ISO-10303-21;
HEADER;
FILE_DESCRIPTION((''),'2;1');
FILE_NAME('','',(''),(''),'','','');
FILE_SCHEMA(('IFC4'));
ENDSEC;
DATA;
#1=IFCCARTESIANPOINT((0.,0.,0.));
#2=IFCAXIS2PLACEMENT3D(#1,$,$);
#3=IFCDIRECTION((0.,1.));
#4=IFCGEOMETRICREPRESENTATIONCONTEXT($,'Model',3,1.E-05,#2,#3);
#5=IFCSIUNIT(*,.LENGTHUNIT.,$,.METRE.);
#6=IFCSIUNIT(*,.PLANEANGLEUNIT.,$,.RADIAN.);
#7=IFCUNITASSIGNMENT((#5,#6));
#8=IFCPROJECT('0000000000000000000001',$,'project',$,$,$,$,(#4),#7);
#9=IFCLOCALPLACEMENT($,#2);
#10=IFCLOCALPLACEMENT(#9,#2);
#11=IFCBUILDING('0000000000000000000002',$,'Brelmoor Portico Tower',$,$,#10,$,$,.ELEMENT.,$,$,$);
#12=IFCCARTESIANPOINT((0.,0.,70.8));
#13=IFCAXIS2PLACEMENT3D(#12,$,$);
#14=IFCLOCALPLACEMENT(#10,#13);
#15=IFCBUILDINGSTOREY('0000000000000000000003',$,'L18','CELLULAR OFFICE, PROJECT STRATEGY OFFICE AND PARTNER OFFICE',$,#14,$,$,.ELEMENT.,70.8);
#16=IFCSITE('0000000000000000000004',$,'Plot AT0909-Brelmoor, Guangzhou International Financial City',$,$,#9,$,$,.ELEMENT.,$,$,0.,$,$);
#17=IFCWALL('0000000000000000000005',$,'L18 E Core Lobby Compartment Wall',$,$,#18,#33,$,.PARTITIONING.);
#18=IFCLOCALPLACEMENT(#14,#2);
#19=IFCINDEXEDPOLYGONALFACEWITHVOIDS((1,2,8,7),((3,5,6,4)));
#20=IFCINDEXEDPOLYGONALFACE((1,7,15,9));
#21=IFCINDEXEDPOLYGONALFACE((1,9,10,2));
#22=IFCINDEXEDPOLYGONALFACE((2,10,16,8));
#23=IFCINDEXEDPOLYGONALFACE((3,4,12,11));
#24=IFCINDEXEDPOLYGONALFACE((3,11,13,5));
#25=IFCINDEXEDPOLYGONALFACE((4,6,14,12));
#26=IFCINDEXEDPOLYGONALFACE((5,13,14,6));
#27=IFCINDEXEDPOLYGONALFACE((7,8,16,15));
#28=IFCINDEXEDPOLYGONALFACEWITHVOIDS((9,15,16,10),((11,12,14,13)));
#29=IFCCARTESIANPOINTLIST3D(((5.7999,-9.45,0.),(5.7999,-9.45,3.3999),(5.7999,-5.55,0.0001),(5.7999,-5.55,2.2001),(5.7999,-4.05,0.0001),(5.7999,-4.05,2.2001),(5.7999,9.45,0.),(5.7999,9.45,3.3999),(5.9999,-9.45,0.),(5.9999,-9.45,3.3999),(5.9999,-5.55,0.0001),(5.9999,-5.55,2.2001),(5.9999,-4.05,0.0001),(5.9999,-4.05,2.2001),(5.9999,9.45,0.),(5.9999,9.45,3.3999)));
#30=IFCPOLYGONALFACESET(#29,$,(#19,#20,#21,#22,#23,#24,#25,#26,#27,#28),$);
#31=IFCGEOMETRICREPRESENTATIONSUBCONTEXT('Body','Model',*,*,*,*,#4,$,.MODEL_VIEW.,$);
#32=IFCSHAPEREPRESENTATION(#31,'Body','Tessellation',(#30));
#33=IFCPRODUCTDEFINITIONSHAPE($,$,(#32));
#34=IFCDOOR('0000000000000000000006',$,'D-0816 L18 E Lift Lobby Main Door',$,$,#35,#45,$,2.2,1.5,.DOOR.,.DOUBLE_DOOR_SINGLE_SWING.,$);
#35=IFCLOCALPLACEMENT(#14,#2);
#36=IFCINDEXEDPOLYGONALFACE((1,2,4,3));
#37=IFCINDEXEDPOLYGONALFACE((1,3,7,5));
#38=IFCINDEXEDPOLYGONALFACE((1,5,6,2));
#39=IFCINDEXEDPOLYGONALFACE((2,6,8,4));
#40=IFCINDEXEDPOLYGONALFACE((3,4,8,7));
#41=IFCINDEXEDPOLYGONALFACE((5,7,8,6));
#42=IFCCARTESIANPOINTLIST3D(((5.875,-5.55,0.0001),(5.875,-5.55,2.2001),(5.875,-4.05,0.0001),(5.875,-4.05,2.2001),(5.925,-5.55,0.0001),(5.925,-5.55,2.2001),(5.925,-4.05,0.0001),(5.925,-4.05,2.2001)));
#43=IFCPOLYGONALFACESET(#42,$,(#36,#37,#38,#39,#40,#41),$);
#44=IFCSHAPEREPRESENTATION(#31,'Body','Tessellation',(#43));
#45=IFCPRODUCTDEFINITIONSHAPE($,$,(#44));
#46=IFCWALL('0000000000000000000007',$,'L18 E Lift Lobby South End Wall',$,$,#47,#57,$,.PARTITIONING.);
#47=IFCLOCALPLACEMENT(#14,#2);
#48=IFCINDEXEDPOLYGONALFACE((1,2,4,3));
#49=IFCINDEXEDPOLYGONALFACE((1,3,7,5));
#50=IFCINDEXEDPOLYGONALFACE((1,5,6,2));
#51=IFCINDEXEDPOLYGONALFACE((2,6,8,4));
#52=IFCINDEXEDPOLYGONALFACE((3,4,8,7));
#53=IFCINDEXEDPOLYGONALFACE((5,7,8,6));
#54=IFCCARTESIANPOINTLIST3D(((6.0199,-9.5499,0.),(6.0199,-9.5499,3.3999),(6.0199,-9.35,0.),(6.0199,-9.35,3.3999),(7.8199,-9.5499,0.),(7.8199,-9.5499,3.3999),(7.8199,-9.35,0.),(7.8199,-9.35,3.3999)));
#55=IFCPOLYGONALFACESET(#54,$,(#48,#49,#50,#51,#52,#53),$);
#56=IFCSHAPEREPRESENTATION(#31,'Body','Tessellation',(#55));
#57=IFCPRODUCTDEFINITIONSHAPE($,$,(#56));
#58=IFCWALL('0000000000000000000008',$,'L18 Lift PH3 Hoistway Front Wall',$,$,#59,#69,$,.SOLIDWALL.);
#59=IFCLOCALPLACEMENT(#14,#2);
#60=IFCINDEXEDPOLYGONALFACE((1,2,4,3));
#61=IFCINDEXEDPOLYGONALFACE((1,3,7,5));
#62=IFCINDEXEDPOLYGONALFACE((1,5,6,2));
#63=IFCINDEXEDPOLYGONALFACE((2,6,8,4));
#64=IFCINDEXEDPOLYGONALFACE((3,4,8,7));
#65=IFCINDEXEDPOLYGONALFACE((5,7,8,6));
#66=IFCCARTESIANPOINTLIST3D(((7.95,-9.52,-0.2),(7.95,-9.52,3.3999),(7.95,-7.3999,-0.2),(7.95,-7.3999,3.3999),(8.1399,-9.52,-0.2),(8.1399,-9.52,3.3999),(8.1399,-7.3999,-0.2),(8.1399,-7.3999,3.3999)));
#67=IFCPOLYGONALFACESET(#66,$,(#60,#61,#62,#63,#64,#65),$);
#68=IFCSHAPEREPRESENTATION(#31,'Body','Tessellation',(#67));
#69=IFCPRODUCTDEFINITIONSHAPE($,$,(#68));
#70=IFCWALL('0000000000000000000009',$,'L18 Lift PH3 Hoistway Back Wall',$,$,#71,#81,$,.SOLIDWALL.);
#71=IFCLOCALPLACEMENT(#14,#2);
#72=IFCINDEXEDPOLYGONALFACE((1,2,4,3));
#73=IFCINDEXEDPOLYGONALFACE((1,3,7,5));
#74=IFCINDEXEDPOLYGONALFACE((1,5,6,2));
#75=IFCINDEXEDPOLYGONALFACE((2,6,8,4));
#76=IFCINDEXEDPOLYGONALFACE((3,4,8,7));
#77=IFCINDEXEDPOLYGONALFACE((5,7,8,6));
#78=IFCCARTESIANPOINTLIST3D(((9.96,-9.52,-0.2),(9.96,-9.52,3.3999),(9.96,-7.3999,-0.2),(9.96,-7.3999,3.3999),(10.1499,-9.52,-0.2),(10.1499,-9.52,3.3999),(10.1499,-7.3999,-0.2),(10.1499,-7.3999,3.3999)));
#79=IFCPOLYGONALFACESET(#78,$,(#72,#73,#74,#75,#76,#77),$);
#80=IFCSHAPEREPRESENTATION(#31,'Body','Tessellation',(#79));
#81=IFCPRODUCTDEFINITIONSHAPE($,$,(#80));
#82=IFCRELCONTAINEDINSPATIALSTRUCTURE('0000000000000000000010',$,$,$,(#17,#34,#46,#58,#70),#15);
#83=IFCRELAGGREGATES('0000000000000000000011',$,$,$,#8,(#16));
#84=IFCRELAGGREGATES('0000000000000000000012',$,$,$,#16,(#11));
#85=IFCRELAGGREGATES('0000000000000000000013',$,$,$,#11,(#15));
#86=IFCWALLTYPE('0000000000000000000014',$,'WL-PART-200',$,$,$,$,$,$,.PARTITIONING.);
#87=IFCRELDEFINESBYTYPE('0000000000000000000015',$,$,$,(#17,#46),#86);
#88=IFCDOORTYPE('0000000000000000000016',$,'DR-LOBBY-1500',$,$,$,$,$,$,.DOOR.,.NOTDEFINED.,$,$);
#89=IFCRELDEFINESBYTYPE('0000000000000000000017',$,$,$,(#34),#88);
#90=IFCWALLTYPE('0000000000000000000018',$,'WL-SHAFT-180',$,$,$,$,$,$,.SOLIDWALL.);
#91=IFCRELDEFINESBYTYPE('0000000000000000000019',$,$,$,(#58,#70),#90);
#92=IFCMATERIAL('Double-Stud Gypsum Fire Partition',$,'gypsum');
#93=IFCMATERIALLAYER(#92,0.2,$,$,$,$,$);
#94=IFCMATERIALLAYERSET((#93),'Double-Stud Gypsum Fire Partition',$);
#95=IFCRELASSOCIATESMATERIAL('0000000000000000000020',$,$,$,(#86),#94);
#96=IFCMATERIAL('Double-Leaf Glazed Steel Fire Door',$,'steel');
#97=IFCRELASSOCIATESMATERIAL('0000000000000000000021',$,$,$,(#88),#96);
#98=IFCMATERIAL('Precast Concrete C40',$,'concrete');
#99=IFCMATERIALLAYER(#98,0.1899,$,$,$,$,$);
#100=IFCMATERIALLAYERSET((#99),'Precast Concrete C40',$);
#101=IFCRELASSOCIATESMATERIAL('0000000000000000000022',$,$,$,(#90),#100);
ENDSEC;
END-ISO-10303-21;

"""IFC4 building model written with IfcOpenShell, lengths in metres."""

from ifc_helpers import new_model, si_unit, direction, frame, frame_2d, origin, place, context, subcontext, project, spatial, rectangle, extrude, material, layer, layer_set, type_object, element, fill, save


model = new_model("IFC4")

# Units and contexts
model_context = context("Model", 3, precision=1e-05, world=origin(), true_north=direction((0.0, 1.0)))
body_context = subcontext(model_context, "Body", "Model", "MODEL_VIEW")
ifc_project = project(units=[si_unit("LENGTHUNIT", "METRE"), si_unit("PLANEANGLEUNIT", "RADIAN")], contexts=[model_context])

# Site, building, storey
site_placement = place(None, origin())
site = spatial("IfcSite", under=ifc_project, at=site_placement, Name="Plot AT0909-Brelmoor, Guangzhou International Financial City", CompositionType="ELEMENT", RefElevation=0.0)
building_placement = place(site_placement, origin())
building = spatial("IfcBuilding", under=site, at=building_placement, Name="Brelmoor Portico Tower", CompositionType="ELEMENT")
storey_placement = place(building_placement, frame((0.0, 0.0, 70.8)))
storey = spatial("IfcBuildingStorey", under=building, at=storey_placement, Name="L18", Description="CELLULAR OFFICE, PROJECT STRATEGY OFFICE AND PARTNER OFFICE", CompositionType="ELEMENT", Elevation=70.8)

# Wall, opening, door
ifc_material_1 = material(Name="Double-Stud Gypsum Fire Partition", Category="gypsum")
ifc_layer_1 = layer(ifc_material_1, 0.2)
ifc_layer_set_1 = layer_set([ifc_layer_1], Name="Double-Stud Gypsum Fire Partition")
wall_type_1 = type_object("IfcWallType", Name="WL-PART-200", PredefinedType="PARTITIONING", material=ifc_layer_set_1)
wall_1_placement = place(storey_placement, frame((5.8999, -9.45, 0.0), z_axis=(0.0, 0.0, 1.0), x_axis=(0.0, 1.0, 0.0)))
wall_1 = element("IfcWall", 1, at=wall_1_placement, inside=storey, type_object=wall_type_1, Name="L18 E Core Lobby Compartment Wall", PredefinedType="PARTITIONING", context=body_context, shape_type="SweptSolid", body=[
    extrude(rectangle(XDim=18.8999, YDim=0.2, at=frame_2d((9.45, 0.0))), origin(), (0.0, 0.0, 1.0), 3.3999),
])
opening_1_placement = place(wall_1_placement, frame((3.8999, 0.0, 0.0)))
opening_1 = element("IfcOpeningElement", 2, at=opening_1_placement, cuts=wall_1, PredefinedType="OPENING", context=body_context, shape_type="SweptSolid", body=[
    extrude(rectangle(XDim=1.5, YDim=2.2, at=frame_2d((0.75, 1.1001))), frame((0.0, 0.1099, 0.0), z_axis=(0.0, -1.0, 0.0), x_axis=(1.0, 0.0, 0.0)), (0.0, 0.0, 1.0), 0.22),
])
ifc_material_2 = material(Name="Double-Leaf Glazed Steel Fire Door", Category="steel")
door_type_1 = type_object("IfcDoorType", Name="DR-LOBBY-1500", OperationType="NOTDEFINED", PredefinedType="DOOR", material=ifc_material_2)
door_1_placement = place(opening_1_placement, origin())
door_1 = element("IfcDoor", 3, at=door_1_placement, inside=storey, type_object=door_type_1, Name="D-0816 L18 E Lift Lobby Main Door", OperationType="DOUBLE_DOOR_SINGLE_SWING", OverallHeight=2.2, OverallWidth=1.5, PredefinedType="DOOR", context=body_context, shape_type="SweptSolid", body=[
    extrude(rectangle(XDim=1.5, YDim=2.2, at=frame_2d((0.75, 1.1001))), frame((0.0, 0.0249, 0.0), z_axis=(0.0, -1.0, 0.0), x_axis=(1.0, 0.0, 0.0)), (0.0, 0.0, 1.0), 0.05),
])
fill(opening_1, door_1)

# Walls
wall_2_placement = place(storey_placement, frame((6.02, -9.45, 0.0), z_axis=(0.0, 0.0, 1.0), x_axis=(1.0, 0.0, 0.0)))
element("IfcWall", 4, at=wall_2_placement, inside=storey, type_object=wall_type_1, Name="L18 E Lift Lobby South End Wall", PredefinedType="PARTITIONING", context=body_context, shape_type="SweptSolid", body=[
    extrude(rectangle(XDim=1.8, YDim=0.2, at=frame_2d((0.8999, 0.0))), origin(), (0.0, 0.0, 1.0), 3.3999),
])
ifc_material_3 = material(Name="Precast Concrete C40", Category="concrete")
ifc_layer_2 = layer(ifc_material_3, 0.1899)
ifc_layer_set_2 = layer_set([ifc_layer_2], Name="Precast Concrete C40")
wall_type_2 = type_object("IfcWallType", Name="WL-SHAFT-180", PredefinedType="SOLIDWALL", material=ifc_layer_set_2)
for number, where, z_axis, x_axis, name in (
    (5, (8.0449, -9.52, -0.2), (0.0, 0.0, 1.0), (0.0, 1.0, 0.0), "L18 Lift PH3 Hoistway Front Wall"),
    (6, (10.0549, -9.52, -0.2), (0.0, 0.0, 1.0), (0.0, 1.0, 0.0), "L18 Lift PH3 Hoistway Back Wall"),
):
    element("IfcWall", number, at=place(storey_placement, frame(where, z_axis=z_axis, x_axis=x_axis)), inside=storey, type_object=wall_type_2, Name=name, PredefinedType="SOLIDWALL", context=body_context, shape_type="SweptSolid", body=[
        extrude(rectangle(XDim=2.1201, YDim=0.1899, at=frame_2d((1.0601, 0.0))), origin(), (0.0, 0.0, 1.0), 3.5999),
    ])

save(model, "model.ifc")
